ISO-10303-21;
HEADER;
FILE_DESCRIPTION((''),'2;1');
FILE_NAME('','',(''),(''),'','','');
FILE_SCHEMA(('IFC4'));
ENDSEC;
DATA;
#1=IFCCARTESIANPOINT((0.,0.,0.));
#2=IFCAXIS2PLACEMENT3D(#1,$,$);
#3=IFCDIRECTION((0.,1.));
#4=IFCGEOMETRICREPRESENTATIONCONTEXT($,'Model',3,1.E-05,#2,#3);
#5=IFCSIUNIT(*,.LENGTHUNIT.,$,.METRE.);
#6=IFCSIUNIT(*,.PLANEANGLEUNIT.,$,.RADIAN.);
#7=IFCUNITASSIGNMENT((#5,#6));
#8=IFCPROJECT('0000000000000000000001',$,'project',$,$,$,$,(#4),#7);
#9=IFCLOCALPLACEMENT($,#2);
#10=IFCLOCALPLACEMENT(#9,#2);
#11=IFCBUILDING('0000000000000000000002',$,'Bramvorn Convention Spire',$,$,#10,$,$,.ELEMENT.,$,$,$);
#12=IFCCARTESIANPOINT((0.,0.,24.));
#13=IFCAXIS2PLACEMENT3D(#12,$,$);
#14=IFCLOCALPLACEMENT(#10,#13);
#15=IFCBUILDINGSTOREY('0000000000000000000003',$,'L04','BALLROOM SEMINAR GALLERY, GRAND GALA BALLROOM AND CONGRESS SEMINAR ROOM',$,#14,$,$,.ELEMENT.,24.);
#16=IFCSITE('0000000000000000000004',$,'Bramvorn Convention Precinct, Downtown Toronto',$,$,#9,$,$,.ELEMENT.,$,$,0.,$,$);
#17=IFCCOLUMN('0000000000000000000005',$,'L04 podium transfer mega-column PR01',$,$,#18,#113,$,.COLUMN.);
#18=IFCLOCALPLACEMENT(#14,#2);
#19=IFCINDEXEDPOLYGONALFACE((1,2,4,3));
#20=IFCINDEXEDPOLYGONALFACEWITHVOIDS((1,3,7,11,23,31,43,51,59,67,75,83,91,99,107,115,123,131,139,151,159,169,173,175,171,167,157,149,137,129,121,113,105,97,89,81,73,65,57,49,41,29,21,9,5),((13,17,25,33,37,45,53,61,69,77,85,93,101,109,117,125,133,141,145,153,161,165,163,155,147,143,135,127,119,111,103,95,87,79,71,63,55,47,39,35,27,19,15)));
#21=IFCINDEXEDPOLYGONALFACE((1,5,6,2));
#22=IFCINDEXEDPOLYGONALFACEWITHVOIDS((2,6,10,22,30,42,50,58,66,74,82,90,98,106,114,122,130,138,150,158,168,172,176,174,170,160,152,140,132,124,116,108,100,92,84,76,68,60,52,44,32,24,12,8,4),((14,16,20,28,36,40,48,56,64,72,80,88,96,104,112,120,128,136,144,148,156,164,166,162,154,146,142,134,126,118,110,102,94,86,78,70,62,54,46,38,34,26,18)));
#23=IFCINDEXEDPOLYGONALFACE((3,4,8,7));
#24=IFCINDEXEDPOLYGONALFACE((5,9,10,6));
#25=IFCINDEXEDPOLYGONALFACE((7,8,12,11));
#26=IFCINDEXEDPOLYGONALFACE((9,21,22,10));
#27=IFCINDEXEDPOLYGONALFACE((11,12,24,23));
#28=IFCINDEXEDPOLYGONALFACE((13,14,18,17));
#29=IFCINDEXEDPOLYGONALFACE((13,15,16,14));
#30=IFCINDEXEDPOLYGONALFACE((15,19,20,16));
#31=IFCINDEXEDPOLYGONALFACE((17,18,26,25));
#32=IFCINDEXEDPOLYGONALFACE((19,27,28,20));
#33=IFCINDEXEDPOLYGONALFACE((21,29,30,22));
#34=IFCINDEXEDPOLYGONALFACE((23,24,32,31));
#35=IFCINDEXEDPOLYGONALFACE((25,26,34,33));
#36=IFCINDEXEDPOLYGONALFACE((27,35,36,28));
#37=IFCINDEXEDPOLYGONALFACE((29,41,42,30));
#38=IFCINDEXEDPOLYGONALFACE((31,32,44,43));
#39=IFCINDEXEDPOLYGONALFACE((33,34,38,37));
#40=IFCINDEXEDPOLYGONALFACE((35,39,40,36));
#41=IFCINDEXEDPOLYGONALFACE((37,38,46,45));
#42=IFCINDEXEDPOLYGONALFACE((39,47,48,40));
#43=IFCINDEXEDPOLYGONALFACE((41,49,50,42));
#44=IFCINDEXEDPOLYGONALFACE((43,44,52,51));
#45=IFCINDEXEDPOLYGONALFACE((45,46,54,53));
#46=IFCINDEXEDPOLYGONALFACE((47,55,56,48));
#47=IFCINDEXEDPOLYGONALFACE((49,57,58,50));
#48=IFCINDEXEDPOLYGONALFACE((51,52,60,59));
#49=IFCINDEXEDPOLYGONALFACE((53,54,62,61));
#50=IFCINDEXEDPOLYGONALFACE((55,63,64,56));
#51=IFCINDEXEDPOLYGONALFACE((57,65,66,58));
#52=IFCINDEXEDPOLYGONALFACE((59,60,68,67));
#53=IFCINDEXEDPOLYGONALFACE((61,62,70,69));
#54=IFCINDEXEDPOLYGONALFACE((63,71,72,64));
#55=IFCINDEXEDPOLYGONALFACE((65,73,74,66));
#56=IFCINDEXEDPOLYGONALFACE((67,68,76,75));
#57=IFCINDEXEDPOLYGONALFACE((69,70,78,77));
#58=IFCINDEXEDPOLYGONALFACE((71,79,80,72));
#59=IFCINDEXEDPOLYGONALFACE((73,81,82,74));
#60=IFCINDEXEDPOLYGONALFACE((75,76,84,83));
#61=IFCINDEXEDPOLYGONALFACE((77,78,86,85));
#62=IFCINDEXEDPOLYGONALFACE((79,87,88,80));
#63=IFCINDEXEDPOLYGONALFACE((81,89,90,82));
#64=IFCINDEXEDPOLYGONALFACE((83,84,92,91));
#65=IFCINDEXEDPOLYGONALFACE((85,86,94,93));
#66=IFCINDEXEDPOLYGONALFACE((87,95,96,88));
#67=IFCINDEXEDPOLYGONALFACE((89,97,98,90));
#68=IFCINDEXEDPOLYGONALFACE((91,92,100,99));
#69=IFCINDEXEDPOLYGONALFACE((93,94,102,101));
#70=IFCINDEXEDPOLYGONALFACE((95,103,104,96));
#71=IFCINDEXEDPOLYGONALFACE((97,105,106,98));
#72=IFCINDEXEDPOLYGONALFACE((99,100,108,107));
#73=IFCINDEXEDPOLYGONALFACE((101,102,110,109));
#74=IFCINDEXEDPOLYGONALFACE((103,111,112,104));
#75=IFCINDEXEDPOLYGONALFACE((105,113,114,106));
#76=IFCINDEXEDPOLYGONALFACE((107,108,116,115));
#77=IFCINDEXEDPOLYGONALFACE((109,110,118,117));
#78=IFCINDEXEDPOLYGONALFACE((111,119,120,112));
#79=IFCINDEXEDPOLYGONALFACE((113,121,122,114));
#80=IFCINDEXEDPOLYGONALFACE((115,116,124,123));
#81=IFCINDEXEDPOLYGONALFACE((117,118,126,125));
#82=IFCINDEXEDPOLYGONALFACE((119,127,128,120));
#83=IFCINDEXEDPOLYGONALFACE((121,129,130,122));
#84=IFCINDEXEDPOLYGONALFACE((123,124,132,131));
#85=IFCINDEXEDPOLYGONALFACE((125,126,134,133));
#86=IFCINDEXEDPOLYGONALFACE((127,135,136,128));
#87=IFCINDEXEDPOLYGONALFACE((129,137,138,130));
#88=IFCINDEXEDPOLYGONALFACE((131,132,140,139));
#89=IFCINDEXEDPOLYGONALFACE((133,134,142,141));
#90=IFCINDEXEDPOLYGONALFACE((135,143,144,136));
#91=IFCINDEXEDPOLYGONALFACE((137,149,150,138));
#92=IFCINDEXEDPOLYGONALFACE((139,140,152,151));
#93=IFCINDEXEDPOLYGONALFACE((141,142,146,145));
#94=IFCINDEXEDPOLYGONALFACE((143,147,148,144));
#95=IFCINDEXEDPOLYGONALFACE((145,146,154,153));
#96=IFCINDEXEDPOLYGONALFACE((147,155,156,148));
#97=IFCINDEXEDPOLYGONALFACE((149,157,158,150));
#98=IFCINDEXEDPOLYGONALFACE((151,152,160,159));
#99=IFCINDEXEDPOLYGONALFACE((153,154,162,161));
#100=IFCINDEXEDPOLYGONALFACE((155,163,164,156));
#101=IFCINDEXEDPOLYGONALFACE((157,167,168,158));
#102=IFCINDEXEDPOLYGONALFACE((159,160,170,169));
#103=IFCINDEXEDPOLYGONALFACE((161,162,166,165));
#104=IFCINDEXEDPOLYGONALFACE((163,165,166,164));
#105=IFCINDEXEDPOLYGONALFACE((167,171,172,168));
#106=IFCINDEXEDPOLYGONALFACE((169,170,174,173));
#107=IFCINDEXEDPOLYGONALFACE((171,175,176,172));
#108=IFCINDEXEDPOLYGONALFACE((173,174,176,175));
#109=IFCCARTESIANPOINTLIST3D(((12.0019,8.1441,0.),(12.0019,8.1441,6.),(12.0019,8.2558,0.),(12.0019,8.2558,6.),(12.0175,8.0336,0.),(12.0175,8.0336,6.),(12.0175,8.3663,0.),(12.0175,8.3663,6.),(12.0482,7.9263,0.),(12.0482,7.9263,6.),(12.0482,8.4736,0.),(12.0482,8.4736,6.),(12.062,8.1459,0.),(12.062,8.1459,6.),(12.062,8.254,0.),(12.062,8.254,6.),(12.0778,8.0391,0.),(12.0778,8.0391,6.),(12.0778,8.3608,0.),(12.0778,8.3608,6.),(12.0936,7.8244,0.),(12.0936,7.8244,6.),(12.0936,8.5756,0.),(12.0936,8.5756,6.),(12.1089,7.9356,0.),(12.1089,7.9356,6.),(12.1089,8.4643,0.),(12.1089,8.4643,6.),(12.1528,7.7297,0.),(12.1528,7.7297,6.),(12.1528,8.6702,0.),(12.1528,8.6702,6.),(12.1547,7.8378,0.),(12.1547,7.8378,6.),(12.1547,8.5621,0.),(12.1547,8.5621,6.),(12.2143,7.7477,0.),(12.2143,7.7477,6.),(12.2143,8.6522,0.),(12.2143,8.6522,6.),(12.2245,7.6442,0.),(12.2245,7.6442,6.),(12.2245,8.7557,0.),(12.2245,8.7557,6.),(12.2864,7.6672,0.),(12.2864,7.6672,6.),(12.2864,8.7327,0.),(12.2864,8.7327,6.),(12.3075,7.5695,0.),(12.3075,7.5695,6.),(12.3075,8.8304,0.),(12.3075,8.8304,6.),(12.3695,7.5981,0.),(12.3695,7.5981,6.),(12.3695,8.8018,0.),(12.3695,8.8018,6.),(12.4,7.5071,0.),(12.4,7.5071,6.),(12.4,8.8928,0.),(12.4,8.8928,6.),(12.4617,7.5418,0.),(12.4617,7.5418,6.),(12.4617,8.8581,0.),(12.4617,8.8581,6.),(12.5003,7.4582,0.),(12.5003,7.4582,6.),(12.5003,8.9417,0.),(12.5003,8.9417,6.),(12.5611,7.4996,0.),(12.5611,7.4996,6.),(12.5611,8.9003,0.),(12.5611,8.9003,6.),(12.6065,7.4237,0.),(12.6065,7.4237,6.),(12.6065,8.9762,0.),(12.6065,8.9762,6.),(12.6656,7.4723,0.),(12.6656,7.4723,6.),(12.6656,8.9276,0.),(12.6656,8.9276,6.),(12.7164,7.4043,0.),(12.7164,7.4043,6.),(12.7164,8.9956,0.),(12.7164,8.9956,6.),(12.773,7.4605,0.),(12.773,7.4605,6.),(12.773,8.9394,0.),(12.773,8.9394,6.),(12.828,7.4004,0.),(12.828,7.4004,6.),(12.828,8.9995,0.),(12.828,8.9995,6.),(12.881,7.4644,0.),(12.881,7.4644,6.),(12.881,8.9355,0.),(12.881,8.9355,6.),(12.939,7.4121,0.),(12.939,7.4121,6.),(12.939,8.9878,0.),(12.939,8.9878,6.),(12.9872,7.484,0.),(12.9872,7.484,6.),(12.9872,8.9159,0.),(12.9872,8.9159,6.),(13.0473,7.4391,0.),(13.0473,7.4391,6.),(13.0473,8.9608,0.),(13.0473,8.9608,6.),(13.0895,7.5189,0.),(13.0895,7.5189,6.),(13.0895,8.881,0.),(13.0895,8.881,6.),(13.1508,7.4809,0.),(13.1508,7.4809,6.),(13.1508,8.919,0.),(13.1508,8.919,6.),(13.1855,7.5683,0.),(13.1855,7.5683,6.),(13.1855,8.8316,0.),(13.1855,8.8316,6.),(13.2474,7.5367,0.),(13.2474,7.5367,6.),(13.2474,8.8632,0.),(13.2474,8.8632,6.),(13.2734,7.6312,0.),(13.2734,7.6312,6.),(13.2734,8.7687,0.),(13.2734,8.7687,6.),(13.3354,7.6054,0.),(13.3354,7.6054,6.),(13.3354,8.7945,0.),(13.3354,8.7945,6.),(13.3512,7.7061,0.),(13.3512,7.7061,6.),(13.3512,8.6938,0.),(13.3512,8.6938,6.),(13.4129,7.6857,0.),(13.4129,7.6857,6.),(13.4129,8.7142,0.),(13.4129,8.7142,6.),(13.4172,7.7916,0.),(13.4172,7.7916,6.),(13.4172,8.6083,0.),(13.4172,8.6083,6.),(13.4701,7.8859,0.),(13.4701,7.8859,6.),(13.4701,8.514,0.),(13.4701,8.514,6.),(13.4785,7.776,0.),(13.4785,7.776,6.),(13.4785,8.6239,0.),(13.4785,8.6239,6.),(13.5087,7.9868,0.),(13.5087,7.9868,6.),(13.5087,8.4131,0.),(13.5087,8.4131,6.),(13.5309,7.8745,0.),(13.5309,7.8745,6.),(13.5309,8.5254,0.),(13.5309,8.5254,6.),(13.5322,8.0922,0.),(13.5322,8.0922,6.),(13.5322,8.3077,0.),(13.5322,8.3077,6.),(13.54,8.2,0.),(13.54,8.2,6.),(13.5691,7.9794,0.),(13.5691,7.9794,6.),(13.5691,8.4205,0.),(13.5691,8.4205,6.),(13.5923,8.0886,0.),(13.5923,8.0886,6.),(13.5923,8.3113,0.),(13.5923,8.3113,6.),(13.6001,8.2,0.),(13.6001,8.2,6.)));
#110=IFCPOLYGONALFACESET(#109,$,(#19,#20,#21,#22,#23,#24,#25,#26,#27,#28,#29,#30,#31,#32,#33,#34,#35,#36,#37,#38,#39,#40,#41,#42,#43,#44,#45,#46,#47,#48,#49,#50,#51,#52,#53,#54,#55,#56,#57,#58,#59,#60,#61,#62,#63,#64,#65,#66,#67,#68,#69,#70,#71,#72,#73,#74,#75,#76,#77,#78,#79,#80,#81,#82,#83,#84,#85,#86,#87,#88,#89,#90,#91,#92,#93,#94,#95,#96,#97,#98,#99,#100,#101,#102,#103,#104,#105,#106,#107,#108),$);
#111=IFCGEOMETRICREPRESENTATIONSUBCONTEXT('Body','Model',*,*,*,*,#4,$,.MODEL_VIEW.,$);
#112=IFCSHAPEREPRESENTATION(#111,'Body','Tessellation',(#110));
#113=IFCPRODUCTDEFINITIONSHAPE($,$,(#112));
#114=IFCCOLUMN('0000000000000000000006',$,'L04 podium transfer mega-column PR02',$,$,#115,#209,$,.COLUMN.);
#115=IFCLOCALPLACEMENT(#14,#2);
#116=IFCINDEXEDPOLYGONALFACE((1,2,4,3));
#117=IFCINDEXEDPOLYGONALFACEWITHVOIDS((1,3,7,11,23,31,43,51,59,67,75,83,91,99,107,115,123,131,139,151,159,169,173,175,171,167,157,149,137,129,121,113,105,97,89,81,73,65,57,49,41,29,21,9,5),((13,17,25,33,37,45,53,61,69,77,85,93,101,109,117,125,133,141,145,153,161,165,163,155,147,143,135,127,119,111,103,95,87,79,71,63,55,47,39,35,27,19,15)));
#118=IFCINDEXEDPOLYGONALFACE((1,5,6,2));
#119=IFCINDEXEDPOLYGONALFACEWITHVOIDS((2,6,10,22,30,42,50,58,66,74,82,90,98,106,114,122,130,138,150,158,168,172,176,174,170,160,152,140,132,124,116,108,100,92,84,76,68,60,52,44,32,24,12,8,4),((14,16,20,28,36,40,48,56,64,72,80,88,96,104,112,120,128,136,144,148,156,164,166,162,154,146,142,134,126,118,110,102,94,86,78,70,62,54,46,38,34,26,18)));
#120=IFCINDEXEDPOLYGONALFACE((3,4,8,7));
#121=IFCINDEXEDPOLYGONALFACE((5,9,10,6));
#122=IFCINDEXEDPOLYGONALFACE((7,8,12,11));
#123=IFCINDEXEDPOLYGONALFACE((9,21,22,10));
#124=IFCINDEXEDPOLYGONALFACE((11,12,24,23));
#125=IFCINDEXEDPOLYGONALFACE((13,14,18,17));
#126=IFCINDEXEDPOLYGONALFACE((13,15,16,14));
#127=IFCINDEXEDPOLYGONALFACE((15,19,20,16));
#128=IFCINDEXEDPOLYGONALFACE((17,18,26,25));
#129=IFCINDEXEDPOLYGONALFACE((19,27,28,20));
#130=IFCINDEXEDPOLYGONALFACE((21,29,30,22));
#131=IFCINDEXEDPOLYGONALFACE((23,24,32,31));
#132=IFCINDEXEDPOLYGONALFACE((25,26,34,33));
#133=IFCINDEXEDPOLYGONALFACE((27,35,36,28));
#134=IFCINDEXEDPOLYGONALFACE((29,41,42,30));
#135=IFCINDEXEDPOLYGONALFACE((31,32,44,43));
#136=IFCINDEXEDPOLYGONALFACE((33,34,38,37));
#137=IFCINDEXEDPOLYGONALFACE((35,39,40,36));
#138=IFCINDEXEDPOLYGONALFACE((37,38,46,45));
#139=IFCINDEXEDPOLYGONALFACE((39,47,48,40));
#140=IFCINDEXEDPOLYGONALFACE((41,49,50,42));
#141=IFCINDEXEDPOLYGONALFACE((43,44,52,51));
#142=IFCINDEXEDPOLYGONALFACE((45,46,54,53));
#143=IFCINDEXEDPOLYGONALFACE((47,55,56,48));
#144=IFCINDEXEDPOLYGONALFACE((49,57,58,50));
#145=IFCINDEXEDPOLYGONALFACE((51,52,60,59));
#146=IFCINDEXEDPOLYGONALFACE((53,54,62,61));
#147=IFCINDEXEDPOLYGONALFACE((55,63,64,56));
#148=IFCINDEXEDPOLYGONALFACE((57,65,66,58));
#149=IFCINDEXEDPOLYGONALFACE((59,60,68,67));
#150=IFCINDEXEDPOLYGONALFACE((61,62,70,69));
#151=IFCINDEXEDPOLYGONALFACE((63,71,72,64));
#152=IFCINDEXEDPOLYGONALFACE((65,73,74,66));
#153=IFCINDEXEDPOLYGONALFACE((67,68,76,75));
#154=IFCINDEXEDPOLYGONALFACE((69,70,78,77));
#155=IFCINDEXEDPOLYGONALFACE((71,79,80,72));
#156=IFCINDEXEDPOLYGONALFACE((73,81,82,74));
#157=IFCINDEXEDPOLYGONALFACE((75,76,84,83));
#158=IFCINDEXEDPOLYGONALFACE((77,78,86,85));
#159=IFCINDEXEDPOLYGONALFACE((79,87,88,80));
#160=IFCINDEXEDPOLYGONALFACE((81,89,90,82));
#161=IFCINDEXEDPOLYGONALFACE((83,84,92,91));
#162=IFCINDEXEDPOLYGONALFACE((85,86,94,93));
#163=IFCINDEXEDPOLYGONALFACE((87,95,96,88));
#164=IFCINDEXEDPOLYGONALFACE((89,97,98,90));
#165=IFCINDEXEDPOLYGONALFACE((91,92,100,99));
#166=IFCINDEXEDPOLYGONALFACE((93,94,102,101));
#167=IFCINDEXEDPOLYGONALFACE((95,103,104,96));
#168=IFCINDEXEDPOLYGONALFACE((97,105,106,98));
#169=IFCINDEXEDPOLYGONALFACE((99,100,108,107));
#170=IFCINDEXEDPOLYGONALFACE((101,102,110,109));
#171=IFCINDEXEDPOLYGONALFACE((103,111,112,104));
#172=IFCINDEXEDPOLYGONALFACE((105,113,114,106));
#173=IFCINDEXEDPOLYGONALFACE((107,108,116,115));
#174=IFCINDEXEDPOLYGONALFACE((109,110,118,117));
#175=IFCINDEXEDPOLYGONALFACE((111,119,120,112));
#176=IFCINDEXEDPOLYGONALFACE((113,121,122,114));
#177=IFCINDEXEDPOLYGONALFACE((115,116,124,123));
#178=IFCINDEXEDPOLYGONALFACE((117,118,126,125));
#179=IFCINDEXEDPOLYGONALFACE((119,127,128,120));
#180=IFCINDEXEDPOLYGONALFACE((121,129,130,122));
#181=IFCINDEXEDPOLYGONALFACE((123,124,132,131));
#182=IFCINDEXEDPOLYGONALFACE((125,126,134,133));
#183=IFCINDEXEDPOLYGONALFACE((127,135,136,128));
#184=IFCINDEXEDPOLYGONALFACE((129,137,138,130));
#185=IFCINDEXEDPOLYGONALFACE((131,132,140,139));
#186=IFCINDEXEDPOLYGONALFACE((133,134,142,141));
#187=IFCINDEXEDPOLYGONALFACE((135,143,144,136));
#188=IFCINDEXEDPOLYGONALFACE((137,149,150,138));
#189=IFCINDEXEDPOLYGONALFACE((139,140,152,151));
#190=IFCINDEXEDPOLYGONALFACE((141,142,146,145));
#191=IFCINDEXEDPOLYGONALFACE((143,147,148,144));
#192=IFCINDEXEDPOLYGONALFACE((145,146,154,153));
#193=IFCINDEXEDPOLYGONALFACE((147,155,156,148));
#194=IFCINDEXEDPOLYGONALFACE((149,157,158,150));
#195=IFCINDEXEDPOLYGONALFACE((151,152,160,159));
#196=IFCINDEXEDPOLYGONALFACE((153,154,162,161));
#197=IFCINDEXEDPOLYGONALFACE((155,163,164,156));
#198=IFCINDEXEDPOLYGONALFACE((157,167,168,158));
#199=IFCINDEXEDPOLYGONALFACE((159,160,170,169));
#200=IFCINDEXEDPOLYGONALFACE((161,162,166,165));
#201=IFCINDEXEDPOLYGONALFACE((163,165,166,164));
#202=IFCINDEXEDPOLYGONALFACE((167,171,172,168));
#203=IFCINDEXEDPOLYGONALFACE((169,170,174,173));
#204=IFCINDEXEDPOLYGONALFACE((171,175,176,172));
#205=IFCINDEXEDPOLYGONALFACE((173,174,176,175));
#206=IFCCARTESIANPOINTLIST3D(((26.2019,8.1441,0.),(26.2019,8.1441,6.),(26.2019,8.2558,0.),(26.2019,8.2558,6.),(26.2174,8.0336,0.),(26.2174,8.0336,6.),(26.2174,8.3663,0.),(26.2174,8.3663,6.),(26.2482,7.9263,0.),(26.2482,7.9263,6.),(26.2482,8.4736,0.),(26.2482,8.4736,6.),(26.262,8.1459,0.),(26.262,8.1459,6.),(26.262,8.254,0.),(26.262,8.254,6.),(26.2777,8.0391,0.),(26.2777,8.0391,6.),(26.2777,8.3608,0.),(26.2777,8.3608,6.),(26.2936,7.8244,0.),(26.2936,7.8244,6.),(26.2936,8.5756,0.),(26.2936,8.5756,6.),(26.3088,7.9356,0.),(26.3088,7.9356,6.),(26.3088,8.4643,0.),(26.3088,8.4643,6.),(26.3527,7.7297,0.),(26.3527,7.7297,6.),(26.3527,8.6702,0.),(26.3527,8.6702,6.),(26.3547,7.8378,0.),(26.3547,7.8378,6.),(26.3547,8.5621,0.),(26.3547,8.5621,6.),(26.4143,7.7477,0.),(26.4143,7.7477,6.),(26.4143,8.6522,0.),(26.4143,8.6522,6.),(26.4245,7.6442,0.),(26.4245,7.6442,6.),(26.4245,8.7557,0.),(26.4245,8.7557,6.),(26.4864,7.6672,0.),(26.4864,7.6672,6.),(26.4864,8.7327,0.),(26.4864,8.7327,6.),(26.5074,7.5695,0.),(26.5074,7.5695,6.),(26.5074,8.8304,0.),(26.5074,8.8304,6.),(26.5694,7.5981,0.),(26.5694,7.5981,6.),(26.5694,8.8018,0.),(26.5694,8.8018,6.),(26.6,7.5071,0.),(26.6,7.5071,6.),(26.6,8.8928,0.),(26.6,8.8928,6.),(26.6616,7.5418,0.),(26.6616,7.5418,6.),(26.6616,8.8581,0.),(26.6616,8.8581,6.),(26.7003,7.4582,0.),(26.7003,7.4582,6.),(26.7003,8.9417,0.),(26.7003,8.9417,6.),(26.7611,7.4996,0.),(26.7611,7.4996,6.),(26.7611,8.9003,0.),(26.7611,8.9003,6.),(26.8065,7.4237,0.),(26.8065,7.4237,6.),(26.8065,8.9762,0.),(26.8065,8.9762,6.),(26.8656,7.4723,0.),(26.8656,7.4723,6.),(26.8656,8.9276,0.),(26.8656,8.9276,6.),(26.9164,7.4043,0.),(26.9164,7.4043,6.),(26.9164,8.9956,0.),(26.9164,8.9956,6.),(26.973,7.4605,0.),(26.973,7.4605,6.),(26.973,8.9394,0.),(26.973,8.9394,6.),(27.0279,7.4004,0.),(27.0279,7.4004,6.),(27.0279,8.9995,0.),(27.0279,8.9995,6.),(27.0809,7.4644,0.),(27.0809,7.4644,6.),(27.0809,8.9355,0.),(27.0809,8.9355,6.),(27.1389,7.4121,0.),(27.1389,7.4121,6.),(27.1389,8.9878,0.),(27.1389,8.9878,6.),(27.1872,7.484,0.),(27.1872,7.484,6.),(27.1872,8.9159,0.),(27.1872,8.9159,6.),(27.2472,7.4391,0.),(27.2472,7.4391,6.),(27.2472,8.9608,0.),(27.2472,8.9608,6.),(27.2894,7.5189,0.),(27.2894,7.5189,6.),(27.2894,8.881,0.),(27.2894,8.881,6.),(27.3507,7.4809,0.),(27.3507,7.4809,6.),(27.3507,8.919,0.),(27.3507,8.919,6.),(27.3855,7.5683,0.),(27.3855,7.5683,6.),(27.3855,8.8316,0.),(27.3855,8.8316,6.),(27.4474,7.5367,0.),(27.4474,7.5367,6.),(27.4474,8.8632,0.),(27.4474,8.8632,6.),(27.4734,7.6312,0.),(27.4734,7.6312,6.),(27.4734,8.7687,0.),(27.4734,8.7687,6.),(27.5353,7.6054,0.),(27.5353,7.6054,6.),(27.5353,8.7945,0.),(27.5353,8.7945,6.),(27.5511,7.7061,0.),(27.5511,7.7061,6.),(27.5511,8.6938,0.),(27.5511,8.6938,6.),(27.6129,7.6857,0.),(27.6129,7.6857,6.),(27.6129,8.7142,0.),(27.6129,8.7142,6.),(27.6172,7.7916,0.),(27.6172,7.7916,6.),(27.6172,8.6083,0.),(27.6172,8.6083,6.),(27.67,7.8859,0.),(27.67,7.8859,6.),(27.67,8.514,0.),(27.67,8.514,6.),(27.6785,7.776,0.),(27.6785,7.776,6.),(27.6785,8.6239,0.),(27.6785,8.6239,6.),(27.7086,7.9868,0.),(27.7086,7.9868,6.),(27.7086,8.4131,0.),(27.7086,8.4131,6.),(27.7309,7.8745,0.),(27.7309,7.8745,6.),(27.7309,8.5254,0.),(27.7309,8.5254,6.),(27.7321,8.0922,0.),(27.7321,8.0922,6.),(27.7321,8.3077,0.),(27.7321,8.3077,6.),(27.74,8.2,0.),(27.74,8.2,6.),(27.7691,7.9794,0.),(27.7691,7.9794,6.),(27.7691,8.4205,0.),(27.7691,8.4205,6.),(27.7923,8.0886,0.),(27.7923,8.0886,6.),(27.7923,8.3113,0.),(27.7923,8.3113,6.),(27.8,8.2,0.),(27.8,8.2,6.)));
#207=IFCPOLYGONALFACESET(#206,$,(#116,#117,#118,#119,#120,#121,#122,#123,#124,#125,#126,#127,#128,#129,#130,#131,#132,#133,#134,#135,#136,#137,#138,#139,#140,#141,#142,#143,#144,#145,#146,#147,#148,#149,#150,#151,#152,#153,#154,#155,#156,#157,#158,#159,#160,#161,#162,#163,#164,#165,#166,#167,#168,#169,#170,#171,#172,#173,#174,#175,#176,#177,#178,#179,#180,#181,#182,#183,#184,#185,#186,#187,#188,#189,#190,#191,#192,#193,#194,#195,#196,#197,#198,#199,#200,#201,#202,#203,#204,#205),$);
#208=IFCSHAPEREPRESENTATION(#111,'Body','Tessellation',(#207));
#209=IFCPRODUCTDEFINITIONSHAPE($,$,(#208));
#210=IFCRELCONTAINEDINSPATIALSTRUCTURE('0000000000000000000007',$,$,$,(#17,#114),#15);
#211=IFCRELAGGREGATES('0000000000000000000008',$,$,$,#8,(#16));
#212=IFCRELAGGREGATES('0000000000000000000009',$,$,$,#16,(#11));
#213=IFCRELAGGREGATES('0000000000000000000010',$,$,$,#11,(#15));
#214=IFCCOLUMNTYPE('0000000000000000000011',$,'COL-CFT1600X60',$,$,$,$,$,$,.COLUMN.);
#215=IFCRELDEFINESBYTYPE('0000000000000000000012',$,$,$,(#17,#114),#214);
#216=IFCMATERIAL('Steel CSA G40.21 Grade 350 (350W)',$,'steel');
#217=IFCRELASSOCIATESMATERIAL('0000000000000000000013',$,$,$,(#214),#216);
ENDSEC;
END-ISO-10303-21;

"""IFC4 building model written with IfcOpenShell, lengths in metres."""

from ifc_helpers import new_model, si_unit, direction, frame, origin, origin_2d, place, context, subcontext, project, spatial, hollow_circle, extrude, material, material_profile, profile_set, type_object, element, save


model = new_model("IFC4")

# Units and contexts
model_context = context("Model", 3, precision=1e-05, world=origin(), true_north=direction((0.0, 1.0)))
body_context = subcontext(model_context, "Body", "Model", "MODEL_VIEW")
ifc_project = project(units=[si_unit("LENGTHUNIT", "METRE"), si_unit("PLANEANGLEUNIT", "RADIAN")], contexts=[model_context])

# Site, building, storey
site_placement = place(None, origin())
site = spatial("IfcSite", under=ifc_project, at=site_placement, Name="Bramvorn Convention Precinct, Downtown Toronto", CompositionType="ELEMENT", RefElevation=0.0)
building_placement = place(site_placement, origin())
building = spatial("IfcBuilding", under=site, at=building_placement, Name="Bramvorn Convention Spire", CompositionType="ELEMENT")
storey_placement = place(building_placement, frame((0.0, 0.0, 24.0)))
storey = spatial("IfcBuildingStorey", under=building, at=storey_placement, Name="L04", Description="BALLROOM SEMINAR GALLERY, GRAND GALA BALLROOM AND CONGRESS SEMINAR ROOM", CompositionType="ELEMENT", Elevation=24.0)

# Columns
ifc_material_1 = material(Name="Steel CSA G40.21 Grade 350 (350W)", Category="steel")
ifc_material_profile_1 = material_profile(ifc_material_1, hollow_circle(Radius=0.8, WallThickness=0.0601, at=origin_2d()))
ifc_profile_set_1 = profile_set([ifc_material_profile_1], Name="Steel CSA G40.21 Grade 350 (350W) - CFT1600X60")
column_type_1 = type_object("IfcColumnType", Name="COL-CFT1600X60", PredefinedType="COLUMN", material=ifc_profile_set_1)
for number, where, z_axis, x_axis, name in (
    (1, (12.8, 8.2, 0.0), (0.0, 0.0, 1.0), (1.0, 0.0, 0.0), "L04 podium transfer mega-column PR01"),
    (2, (27.0, 8.2, 0.0), (0.0, 0.0, 1.0), (1.0, 0.0, 0.0), "L04 podium transfer mega-column PR02"),
):
    element("IfcColumn", number, at=place(storey_placement, frame(where, z_axis=z_axis, x_axis=x_axis)), inside=storey, type_object=column_type_1, Name=name, PredefinedType="COLUMN", context=body_context, shape_type="SweptSolid", body=[
        extrude(hollow_circle(Radius=0.8, WallThickness=0.0601, at=origin_2d()), origin(), (0.0, 0.0, 1.0), 6.0),
    ])

save(model, "model.ifc")
